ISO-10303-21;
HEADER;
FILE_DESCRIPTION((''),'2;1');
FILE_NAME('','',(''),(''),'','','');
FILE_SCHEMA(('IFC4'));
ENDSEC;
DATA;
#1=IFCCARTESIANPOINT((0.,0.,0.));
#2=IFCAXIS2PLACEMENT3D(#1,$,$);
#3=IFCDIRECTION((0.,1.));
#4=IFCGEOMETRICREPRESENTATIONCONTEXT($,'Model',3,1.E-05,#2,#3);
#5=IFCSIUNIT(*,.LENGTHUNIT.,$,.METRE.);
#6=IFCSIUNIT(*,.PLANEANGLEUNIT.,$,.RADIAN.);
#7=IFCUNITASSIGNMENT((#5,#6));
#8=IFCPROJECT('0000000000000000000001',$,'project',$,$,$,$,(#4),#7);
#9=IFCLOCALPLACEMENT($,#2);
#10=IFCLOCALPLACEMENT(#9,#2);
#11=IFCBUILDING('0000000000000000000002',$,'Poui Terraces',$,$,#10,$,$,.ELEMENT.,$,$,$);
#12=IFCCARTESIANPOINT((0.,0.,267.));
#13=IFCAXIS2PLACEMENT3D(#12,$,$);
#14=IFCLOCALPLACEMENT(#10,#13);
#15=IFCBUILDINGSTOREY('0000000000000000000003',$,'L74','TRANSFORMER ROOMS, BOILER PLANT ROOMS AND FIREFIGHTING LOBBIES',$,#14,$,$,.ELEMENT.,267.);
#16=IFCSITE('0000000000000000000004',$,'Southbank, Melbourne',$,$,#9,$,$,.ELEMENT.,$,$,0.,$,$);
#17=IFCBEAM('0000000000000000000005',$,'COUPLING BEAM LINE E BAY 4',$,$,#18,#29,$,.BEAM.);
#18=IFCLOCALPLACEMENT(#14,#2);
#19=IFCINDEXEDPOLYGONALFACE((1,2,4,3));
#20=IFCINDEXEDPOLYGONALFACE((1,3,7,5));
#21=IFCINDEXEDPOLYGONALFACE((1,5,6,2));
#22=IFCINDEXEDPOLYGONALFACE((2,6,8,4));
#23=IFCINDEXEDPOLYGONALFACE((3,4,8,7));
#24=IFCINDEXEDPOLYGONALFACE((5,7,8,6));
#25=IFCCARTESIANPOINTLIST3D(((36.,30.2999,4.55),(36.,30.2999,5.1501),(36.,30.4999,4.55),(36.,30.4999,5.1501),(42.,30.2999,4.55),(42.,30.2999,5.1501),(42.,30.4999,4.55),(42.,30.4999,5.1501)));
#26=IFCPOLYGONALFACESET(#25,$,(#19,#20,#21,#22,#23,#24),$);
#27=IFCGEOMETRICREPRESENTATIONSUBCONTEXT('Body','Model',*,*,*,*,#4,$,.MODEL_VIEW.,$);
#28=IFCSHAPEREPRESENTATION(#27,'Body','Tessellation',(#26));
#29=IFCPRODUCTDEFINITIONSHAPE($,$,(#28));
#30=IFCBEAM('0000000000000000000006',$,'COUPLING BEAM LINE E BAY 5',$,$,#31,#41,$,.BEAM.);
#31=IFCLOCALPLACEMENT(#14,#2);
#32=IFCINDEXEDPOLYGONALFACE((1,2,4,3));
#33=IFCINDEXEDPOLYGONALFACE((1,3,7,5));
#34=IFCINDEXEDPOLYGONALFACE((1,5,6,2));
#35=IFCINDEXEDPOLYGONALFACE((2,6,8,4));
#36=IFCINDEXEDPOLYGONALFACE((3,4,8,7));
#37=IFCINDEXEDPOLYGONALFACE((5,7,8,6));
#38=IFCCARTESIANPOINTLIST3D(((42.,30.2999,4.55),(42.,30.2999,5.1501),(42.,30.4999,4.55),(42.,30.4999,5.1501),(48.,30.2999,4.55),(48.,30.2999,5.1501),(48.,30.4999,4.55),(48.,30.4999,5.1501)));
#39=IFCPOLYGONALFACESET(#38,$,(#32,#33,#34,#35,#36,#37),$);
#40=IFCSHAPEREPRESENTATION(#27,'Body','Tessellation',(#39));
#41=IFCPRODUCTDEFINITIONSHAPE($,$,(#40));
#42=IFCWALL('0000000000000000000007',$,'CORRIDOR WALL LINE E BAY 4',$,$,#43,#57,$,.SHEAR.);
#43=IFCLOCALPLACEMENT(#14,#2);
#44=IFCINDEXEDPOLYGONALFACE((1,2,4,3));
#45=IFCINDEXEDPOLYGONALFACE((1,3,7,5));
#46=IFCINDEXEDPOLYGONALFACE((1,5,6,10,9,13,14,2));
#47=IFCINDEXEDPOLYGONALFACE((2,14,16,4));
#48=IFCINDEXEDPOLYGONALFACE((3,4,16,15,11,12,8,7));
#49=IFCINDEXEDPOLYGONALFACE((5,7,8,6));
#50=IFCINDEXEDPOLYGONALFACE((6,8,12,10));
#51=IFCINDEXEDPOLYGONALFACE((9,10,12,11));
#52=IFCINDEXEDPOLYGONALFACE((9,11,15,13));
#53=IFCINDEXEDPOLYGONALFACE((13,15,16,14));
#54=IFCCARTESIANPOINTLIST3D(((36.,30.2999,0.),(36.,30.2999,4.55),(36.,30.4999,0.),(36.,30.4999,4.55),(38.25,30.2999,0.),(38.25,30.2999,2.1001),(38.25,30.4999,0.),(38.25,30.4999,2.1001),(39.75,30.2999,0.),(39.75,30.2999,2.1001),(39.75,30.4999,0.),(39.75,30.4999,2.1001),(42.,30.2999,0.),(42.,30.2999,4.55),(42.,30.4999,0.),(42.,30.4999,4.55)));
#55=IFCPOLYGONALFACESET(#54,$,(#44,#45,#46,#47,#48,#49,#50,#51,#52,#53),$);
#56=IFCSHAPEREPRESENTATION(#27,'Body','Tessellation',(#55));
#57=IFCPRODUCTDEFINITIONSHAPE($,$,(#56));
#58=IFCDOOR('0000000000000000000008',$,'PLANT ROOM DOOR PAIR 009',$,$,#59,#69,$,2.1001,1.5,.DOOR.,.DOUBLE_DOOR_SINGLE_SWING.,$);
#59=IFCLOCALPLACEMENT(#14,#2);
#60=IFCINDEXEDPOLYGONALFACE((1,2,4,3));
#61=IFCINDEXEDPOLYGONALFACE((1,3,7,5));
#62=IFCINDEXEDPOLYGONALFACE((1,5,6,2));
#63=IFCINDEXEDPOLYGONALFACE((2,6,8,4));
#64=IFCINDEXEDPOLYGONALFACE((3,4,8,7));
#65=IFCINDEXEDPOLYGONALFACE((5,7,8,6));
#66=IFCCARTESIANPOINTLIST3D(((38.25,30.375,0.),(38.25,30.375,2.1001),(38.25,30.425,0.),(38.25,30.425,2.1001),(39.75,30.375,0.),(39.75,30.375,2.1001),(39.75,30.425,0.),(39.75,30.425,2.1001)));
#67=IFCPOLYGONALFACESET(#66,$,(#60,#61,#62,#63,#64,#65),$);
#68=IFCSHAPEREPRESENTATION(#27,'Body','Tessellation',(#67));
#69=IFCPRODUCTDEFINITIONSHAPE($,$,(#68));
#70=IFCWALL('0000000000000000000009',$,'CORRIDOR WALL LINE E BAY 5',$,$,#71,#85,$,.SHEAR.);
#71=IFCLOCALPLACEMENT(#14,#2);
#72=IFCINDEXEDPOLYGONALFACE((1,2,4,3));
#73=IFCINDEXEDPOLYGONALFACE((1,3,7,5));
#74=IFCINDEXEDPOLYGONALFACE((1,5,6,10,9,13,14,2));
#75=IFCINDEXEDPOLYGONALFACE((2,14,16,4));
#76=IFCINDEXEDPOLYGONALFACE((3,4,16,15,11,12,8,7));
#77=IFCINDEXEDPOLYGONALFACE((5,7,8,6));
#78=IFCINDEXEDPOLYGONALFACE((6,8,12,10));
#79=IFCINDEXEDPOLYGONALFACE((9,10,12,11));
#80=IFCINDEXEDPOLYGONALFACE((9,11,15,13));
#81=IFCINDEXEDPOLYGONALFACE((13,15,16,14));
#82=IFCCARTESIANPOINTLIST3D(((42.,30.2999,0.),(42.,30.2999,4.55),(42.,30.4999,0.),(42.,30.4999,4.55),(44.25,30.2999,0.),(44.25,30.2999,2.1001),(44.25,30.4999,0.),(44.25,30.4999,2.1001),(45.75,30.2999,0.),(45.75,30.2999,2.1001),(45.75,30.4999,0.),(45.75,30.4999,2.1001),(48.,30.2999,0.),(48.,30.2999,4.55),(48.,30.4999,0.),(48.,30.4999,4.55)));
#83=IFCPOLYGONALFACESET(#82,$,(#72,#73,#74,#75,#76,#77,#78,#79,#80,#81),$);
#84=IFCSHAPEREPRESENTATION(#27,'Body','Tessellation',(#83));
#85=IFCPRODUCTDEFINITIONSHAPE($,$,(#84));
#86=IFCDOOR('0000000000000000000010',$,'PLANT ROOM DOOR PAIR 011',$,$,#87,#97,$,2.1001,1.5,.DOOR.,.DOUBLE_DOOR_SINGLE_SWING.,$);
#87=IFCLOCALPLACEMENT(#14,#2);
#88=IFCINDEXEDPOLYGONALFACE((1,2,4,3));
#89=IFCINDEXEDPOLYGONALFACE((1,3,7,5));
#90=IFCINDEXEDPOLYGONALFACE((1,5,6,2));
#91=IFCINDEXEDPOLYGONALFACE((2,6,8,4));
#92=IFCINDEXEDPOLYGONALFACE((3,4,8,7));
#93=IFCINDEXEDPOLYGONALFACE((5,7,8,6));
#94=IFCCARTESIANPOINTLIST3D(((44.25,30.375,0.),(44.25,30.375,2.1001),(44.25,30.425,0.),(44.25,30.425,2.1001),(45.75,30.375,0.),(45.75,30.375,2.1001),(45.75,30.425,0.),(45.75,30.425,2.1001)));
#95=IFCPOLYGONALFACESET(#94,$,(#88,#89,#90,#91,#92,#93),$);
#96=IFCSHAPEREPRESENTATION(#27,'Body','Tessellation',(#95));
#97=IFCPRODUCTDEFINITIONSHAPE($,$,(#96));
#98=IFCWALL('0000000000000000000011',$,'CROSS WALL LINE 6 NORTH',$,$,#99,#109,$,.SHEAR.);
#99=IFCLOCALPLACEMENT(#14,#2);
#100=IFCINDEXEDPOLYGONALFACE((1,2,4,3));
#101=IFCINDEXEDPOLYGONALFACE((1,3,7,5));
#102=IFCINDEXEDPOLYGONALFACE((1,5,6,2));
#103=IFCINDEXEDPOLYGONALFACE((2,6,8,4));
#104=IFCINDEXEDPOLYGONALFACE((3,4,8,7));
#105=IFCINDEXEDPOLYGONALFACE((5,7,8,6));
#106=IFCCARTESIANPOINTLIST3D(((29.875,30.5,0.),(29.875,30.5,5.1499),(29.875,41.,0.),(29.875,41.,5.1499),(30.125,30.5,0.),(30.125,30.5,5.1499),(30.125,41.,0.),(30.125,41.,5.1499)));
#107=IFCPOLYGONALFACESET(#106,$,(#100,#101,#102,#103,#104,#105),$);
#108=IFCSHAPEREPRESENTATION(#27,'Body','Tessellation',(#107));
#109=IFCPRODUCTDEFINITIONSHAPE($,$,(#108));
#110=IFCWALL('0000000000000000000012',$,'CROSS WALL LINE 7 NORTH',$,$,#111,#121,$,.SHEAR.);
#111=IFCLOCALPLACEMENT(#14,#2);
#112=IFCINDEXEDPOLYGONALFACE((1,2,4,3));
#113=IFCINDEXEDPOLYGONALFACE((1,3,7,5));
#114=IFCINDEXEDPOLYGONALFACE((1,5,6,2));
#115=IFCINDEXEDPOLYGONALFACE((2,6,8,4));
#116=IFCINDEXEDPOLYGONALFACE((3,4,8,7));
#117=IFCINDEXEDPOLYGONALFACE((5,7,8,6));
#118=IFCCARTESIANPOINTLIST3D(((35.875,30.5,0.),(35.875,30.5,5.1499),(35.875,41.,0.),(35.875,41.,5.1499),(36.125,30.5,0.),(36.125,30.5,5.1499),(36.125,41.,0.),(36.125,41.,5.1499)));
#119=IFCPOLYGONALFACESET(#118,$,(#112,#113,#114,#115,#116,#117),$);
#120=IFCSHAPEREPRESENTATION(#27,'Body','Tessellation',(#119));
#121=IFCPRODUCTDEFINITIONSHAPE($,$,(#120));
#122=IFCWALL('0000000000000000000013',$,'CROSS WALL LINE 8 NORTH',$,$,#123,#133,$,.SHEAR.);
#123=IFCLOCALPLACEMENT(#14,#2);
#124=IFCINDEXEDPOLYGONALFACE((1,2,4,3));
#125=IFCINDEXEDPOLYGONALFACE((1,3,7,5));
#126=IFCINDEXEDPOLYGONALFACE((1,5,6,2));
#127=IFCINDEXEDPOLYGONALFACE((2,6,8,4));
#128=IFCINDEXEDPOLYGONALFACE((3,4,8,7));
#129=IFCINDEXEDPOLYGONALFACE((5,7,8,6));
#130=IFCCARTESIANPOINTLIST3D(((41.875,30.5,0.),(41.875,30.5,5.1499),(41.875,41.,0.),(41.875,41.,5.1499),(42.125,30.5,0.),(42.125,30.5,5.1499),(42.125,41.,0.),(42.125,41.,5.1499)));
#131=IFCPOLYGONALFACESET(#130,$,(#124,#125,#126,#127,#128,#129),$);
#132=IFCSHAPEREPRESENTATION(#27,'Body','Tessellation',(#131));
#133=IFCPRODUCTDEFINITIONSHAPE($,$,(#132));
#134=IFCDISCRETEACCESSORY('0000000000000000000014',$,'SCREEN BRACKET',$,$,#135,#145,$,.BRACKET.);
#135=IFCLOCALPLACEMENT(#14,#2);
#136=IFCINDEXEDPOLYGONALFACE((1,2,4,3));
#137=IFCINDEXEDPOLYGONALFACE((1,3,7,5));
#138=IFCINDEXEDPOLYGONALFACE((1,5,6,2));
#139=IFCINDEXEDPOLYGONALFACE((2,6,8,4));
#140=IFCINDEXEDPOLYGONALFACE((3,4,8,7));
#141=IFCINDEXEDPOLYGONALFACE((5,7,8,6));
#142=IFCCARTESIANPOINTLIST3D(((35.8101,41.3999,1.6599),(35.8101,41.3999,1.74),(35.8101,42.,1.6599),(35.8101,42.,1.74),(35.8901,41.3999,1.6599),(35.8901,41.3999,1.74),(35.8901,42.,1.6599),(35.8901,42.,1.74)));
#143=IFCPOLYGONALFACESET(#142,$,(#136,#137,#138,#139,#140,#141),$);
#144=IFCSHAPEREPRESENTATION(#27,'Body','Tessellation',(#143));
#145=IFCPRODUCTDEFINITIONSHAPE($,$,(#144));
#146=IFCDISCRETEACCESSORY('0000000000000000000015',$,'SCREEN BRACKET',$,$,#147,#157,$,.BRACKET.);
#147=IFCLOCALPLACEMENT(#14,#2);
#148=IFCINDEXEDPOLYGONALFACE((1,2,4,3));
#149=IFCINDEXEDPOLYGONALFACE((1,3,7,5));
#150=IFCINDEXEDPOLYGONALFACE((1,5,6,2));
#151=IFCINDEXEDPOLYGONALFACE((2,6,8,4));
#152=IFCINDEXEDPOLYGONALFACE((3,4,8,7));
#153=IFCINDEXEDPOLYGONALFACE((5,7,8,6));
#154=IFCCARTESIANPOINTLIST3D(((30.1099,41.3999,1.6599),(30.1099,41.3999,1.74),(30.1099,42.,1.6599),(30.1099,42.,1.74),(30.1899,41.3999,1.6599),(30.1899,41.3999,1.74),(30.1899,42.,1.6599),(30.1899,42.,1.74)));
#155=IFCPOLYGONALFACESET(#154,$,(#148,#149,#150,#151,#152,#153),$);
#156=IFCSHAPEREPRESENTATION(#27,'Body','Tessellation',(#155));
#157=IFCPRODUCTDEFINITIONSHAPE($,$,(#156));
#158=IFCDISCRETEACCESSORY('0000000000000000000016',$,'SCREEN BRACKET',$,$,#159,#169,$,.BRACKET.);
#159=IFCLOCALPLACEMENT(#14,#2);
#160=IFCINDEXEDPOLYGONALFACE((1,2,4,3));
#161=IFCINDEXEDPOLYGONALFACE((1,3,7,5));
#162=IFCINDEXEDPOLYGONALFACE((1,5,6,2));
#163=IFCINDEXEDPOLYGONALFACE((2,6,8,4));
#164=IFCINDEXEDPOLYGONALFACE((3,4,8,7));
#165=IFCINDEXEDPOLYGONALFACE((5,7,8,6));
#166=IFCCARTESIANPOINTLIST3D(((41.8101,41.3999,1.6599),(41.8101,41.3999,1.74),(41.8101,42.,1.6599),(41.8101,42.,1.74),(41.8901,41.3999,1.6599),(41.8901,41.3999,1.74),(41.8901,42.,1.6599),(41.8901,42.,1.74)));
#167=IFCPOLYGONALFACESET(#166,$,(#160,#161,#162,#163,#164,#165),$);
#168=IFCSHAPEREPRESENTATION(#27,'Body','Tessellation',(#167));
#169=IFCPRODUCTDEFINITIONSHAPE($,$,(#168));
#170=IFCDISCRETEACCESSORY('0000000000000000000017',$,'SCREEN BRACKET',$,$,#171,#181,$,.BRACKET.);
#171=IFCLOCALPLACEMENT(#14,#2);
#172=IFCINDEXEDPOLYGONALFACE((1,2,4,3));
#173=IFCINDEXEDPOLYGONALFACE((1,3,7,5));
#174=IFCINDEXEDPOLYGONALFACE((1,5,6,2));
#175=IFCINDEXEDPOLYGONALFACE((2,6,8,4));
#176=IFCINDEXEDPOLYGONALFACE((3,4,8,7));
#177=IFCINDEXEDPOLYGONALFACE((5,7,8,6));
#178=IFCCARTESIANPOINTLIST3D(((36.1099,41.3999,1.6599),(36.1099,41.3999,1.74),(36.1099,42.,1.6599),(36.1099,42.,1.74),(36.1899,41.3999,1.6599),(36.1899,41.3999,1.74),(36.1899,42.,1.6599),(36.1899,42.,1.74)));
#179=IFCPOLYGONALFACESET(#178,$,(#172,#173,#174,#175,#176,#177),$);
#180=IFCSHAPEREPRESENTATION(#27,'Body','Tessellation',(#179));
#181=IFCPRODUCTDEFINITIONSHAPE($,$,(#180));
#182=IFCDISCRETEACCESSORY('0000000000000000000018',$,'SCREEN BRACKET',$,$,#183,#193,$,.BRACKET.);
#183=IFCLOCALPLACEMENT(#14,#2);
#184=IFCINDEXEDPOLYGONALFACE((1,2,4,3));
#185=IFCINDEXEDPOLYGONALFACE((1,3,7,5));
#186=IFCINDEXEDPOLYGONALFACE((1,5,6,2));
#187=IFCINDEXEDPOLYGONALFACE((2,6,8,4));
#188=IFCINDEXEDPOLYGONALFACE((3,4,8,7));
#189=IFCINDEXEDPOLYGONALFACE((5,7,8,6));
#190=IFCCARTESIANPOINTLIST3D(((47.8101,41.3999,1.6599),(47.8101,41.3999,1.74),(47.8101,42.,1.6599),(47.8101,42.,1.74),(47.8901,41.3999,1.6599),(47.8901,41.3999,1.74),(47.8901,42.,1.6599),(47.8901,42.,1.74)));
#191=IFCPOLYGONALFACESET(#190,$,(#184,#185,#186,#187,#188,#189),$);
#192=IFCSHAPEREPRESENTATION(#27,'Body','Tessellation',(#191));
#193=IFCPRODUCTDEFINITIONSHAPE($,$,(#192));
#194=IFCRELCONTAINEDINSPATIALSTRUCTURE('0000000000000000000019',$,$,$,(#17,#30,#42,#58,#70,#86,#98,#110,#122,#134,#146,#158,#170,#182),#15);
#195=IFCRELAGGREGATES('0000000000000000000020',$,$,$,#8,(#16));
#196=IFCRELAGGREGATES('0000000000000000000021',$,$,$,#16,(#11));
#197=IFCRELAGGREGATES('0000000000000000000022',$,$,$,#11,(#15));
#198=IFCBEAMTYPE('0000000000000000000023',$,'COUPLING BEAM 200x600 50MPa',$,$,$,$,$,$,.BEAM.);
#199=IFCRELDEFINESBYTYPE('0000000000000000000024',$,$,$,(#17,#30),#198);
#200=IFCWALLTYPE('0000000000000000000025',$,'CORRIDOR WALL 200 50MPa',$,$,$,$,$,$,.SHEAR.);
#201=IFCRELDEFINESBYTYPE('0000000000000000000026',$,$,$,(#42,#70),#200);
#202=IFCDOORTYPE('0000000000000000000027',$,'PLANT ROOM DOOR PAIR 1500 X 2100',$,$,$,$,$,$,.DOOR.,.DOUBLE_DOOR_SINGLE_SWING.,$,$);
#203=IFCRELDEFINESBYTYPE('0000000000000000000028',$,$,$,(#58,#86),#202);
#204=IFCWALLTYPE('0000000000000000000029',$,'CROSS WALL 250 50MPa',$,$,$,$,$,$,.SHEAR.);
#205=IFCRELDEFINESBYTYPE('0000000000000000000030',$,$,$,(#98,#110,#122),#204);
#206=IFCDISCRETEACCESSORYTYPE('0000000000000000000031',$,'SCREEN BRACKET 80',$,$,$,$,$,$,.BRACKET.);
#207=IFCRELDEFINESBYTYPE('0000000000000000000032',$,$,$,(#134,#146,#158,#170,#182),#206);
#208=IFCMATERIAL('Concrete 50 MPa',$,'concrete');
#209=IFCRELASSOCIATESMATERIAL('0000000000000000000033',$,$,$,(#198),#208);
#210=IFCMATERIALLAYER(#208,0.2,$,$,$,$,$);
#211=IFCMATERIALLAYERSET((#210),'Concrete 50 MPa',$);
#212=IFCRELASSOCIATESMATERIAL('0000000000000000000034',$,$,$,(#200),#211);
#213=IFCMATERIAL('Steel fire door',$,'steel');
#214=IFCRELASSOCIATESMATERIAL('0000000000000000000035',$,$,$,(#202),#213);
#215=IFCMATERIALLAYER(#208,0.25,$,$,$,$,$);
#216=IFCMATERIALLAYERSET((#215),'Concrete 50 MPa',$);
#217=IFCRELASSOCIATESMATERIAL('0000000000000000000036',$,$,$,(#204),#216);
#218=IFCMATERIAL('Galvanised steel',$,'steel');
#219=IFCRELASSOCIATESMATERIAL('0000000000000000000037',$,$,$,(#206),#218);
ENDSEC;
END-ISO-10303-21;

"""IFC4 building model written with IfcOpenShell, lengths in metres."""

from ifc_helpers import new_model, si_unit, direction, frame, frame_2d, origin, origin_2d, place, context, subcontext, project, spatial, rectangle, extrude, source, transform, mapped, material, layer, layer_set, material_profile, profile_set, type_object, element, fill, save


model = new_model("IFC4")

# Units and contexts
model_context = context("Model", 3, precision=1e-05, world=origin(), true_north=direction((0.0, 1.0)))
body_context = subcontext(model_context, "Body", "Model", "MODEL_VIEW")
ifc_project = project(units=[si_unit("LENGTHUNIT", "METRE"), si_unit("PLANEANGLEUNIT", "RADIAN")], contexts=[model_context])

# Site, building, storey
site_placement = place(None, origin())
site = spatial("IfcSite", under=ifc_project, at=site_placement, Name="Southbank, Melbourne", CompositionType="ELEMENT", RefElevation=0.0)
building_placement = place(site_placement, origin())
building = spatial("IfcBuilding", under=site, at=building_placement, Name="Poui Terraces", CompositionType="ELEMENT")
storey_placement = place(building_placement, frame((0.0, 0.0, 267.0)))
storey = spatial("IfcBuildingStorey", under=building, at=storey_placement, Name="L74", Description="TRANSFORMER ROOMS, BOILER PLANT ROOMS AND FIREFIGHTING LOBBIES", CompositionType="ELEMENT", Elevation=267.0)

# Beams
ifc_material_1 = material(Name="Concrete 50 MPa", Category="concrete")
ifc_material_profile_1 = material_profile(ifc_material_1, rectangle(XDim=0.2, YDim=0.6001, at=origin_2d()), Name="RC 200x600")
ifc_profile_set_1 = profile_set([ifc_material_profile_1], Name="Concrete 50 MPa")
beam_type = type_object("IfcBeamType", Name="COUPLING BEAM 200x600 50MPa", PredefinedType="BEAM", material=ifc_profile_set_1)
shared_shape_1 = source(origin(), body_context, "Body", "SweptSolid", [
    extrude(rectangle(XDim=0.2, YDim=0.6001, at=origin_2d()), origin(), (0.0, 0.0, 1.0), 6.0),
])
for number, where, z_axis, x_axis, name in (
    (1, (36.0, 30.3999, 4.8501), (1.0, 0.0, 0.0), (0.0, 1.0, 0.0), "COUPLING BEAM LINE E BAY 4"),
    (2, (42.0, 30.3999, 4.8501), (1.0, 0.0, 0.0), (0.0, 1.0, 0.0), "COUPLING BEAM LINE E BAY 5"),
):
    element("IfcBeam", number, at=place(storey_placement, frame(where, z_axis=z_axis, x_axis=x_axis)), inside=storey, type_object=beam_type, Name=name, PredefinedType="BEAM", context=body_context, shape_type="MappedRepresentation", body=[
        mapped(shared_shape_1, transform((0.0, 0.0, 0.0))),
    ])

# Walls, openings, doors
ifc_layer_1 = layer(ifc_material_1, 0.2)
ifc_layer_set_1 = layer_set([ifc_layer_1], Name="Concrete 50 MPa")
wall_type_1 = type_object("IfcWallType", Name="CORRIDOR WALL 200 50MPa", PredefinedType="SHEAR", material=ifc_layer_set_1)
wall_1_placement = place(storey_placement, frame((36.0, 30.3999, 0.0), z_axis=(0.0, 0.0, 1.0), x_axis=(1.0, 0.0, 0.0)))
wall_1 = element("IfcWall", 3, at=wall_1_placement, inside=storey, type_object=wall_type_1, Name="CORRIDOR WALL LINE E BAY 4", PredefinedType="SHEAR", context=body_context, shape_type="SweptSolid", body=[
    extrude(rectangle(XDim=6.0, YDim=0.2, at=frame_2d((3.0, 0.0))), origin(), (0.0, 0.0, 1.0), 4.55),
])
opening_1_placement = place(wall_1_placement, frame((2.25, 0.0, 0.0)))
opening_1 = element("IfcOpeningElement", 4, at=opening_1_placement, cuts=wall_1, PredefinedType="OPENING", context=body_context, shape_type="SweptSolid", body=[
    extrude(rectangle(XDim=1.5, YDim=2.1001, at=frame_2d((0.75, 1.05))), frame((0.0, 0.1099, 0.0), z_axis=(0.0, -1.0, 0.0), x_axis=(1.0, 0.0, 0.0)), (0.0, 0.0, 1.0), 0.22),
])
ifc_material_2 = material(Name="Steel fire door", Category="steel")
door_type = type_object("IfcDoorType", Name="PLANT ROOM DOOR PAIR 1500 X 2100", OperationType="DOUBLE_DOOR_SINGLE_SWING", PredefinedType="DOOR", material=ifc_material_2)
door_1_placement = place(opening_1_placement, frame((1.5, 0.0, 0.0), z_axis=(0.0, 0.0, 1.0), x_axis=(-1.0, 0.0, 0.0)))
door_1 = element("IfcDoor", 5, at=door_1_placement, inside=storey, type_object=door_type, Name="PLANT ROOM DOOR PAIR 009", OperationType="DOUBLE_DOOR_SINGLE_SWING", OverallHeight=2.1001, OverallWidth=1.5, PredefinedType="DOOR", context=body_context, shape_type="SweptSolid", body=[
    extrude(rectangle(XDim=1.5, YDim=2.1001, at=frame_2d((0.75, 1.05))), frame((0.0, 0.0249, 0.0), z_axis=(0.0, -1.0, 0.0), x_axis=(1.0, 0.0, 0.0)), (0.0, 0.0, 1.0), 0.05),
])
fill(opening_1, door_1)
wall_2_placement = place(storey_placement, frame((42.0, 30.3999, 0.0), z_axis=(0.0, 0.0, 1.0), x_axis=(1.0, 0.0, 0.0)))
wall_2 = element("IfcWall", 6, at=wall_2_placement, inside=storey, type_object=wall_type_1, Name="CORRIDOR WALL LINE E BAY 5", PredefinedType="SHEAR", context=body_context, shape_type="SweptSolid", body=[
    extrude(rectangle(XDim=6.0, YDim=0.2, at=frame_2d((3.0, 0.0))), origin(), (0.0, 0.0, 1.0), 4.55),
])
opening_2_placement = place(wall_2_placement, frame((2.25, 0.0, 0.0)))
opening_2 = element("IfcOpeningElement", 7, at=opening_2_placement, cuts=wall_2, PredefinedType="OPENING", context=body_context, shape_type="SweptSolid", body=[
    extrude(rectangle(XDim=1.5, YDim=2.1001, at=frame_2d((0.75, 1.05))), frame((0.0, 0.1099, 0.0), z_axis=(0.0, -1.0, 0.0), x_axis=(1.0, 0.0, 0.0)), (0.0, 0.0, 1.0), 0.22),
])
door_2_placement = place(opening_2_placement, frame((1.5, 0.0, 0.0), z_axis=(0.0, 0.0, 1.0), x_axis=(-1.0, 0.0, 0.0)))
door_2 = element("IfcDoor", 8, at=door_2_placement, inside=storey, type_object=door_type, Name="PLANT ROOM DOOR PAIR 011", OperationType="DOUBLE_DOOR_SINGLE_SWING", OverallHeight=2.1001, OverallWidth=1.5, PredefinedType="DOOR", context=body_context, shape_type="SweptSolid", body=[
    extrude(rectangle(XDim=1.5, YDim=2.1001, at=frame_2d((0.75, 1.05))), frame((0.0, 0.0249, 0.0), z_axis=(0.0, -1.0, 0.0), x_axis=(1.0, 0.0, 0.0)), (0.0, 0.0, 1.0), 0.05),
])
fill(opening_2, door_2)

# Walls
ifc_layer_2 = layer(ifc_material_1, 0.25)
ifc_layer_set_2 = layer_set([ifc_layer_2], Name="Concrete 50 MPa")
wall_type_2 = type_object("IfcWallType", Name="CROSS WALL 250 50MPa", PredefinedType="SHEAR", material=ifc_layer_set_2)
for number, where, z_axis, x_axis, name in (
    (9, (30.0, 30.5, 0.0), (0.0, 0.0, 1.0), (0.0, 1.0, 0.0), "CROSS WALL LINE 6 NORTH"),
    (10, (36.0, 30.5, 0.0), (0.0, 0.0, 1.0), (0.0, 1.0, 0.0), "CROSS WALL LINE 7 NORTH"),
    (11, (42.0, 30.5, 0.0), (0.0, 0.0, 1.0), (0.0, 1.0, 0.0), "CROSS WALL LINE 8 NORTH"),
):
    element("IfcWall", number, at=place(storey_placement, frame(where, z_axis=z_axis, x_axis=x_axis)), inside=storey, type_object=wall_type_2, Name=name, PredefinedType="SHEAR", context=body_context, shape_type="SweptSolid", body=[
        extrude(rectangle(XDim=10.5, YDim=0.25, at=frame_2d((5.25, 0.0))), origin(), (0.0, 0.0, 1.0), 5.1499),
    ])

# Discrete accessories
ifc_material_3 = material(Name="Galvanised steel", Category="steel")
ifc_material_profile_2 = material_profile(ifc_material_3, rectangle(XDim=0.0801, YDim=0.0801, at=origin_2d()), Name="SCREEN BRACKET 80")
ifc_profile_set_2 = profile_set([ifc_material_profile_2], Name="Galvanised steel")
discrete_accessory_type = type_object("IfcDiscreteAccessoryType", Name="SCREEN BRACKET 80", PredefinedType="BRACKET", material=ifc_profile_set_2)
shared_shape_2 = source(origin(), body_context, "Body", "SweptSolid", [
    extrude(rectangle(XDim=0.0801, YDim=0.0801, at=origin_2d()), origin(), (0.0, 0.0, 1.0), 0.6001),
])
for number, where, z_axis, x_axis, name in (
    (12, (35.8501, 41.3999, 1.7), (0.0, 1.0, 0.0), (-1.0, 0.0, 0.0), "SCREEN BRACKET"),
    (13, (30.1499, 41.3999, 1.7), (0.0, 1.0, 0.0), (-1.0, 0.0, 0.0), "SCREEN BRACKET"),
    (14, (41.8501, 41.3999, 1.7), (0.0, 1.0, 0.0), (-1.0, 0.0, 0.0), "SCREEN BRACKET"),
    (15, (36.1499, 41.3999, 1.7), (0.0, 1.0, 0.0), (-1.0, 0.0, 0.0), "SCREEN BRACKET"),
    (16, (47.8501, 41.3999, 1.7), (0.0, 1.0, 0.0), (-1.0, 0.0, 0.0), "SCREEN BRACKET"),
):
    element("IfcDiscreteAccessory", number, at=place(storey_placement, frame(where, z_axis=z_axis, x_axis=x_axis)), inside=storey, type_object=discrete_accessory_type, Name=name, PredefinedType="BRACKET", context=body_context, shape_type="MappedRepresentation", body=[
        mapped(shared_shape_2, transform((0.0, 0.0, 0.0))),
    ])

save(model, "model.ifc")
